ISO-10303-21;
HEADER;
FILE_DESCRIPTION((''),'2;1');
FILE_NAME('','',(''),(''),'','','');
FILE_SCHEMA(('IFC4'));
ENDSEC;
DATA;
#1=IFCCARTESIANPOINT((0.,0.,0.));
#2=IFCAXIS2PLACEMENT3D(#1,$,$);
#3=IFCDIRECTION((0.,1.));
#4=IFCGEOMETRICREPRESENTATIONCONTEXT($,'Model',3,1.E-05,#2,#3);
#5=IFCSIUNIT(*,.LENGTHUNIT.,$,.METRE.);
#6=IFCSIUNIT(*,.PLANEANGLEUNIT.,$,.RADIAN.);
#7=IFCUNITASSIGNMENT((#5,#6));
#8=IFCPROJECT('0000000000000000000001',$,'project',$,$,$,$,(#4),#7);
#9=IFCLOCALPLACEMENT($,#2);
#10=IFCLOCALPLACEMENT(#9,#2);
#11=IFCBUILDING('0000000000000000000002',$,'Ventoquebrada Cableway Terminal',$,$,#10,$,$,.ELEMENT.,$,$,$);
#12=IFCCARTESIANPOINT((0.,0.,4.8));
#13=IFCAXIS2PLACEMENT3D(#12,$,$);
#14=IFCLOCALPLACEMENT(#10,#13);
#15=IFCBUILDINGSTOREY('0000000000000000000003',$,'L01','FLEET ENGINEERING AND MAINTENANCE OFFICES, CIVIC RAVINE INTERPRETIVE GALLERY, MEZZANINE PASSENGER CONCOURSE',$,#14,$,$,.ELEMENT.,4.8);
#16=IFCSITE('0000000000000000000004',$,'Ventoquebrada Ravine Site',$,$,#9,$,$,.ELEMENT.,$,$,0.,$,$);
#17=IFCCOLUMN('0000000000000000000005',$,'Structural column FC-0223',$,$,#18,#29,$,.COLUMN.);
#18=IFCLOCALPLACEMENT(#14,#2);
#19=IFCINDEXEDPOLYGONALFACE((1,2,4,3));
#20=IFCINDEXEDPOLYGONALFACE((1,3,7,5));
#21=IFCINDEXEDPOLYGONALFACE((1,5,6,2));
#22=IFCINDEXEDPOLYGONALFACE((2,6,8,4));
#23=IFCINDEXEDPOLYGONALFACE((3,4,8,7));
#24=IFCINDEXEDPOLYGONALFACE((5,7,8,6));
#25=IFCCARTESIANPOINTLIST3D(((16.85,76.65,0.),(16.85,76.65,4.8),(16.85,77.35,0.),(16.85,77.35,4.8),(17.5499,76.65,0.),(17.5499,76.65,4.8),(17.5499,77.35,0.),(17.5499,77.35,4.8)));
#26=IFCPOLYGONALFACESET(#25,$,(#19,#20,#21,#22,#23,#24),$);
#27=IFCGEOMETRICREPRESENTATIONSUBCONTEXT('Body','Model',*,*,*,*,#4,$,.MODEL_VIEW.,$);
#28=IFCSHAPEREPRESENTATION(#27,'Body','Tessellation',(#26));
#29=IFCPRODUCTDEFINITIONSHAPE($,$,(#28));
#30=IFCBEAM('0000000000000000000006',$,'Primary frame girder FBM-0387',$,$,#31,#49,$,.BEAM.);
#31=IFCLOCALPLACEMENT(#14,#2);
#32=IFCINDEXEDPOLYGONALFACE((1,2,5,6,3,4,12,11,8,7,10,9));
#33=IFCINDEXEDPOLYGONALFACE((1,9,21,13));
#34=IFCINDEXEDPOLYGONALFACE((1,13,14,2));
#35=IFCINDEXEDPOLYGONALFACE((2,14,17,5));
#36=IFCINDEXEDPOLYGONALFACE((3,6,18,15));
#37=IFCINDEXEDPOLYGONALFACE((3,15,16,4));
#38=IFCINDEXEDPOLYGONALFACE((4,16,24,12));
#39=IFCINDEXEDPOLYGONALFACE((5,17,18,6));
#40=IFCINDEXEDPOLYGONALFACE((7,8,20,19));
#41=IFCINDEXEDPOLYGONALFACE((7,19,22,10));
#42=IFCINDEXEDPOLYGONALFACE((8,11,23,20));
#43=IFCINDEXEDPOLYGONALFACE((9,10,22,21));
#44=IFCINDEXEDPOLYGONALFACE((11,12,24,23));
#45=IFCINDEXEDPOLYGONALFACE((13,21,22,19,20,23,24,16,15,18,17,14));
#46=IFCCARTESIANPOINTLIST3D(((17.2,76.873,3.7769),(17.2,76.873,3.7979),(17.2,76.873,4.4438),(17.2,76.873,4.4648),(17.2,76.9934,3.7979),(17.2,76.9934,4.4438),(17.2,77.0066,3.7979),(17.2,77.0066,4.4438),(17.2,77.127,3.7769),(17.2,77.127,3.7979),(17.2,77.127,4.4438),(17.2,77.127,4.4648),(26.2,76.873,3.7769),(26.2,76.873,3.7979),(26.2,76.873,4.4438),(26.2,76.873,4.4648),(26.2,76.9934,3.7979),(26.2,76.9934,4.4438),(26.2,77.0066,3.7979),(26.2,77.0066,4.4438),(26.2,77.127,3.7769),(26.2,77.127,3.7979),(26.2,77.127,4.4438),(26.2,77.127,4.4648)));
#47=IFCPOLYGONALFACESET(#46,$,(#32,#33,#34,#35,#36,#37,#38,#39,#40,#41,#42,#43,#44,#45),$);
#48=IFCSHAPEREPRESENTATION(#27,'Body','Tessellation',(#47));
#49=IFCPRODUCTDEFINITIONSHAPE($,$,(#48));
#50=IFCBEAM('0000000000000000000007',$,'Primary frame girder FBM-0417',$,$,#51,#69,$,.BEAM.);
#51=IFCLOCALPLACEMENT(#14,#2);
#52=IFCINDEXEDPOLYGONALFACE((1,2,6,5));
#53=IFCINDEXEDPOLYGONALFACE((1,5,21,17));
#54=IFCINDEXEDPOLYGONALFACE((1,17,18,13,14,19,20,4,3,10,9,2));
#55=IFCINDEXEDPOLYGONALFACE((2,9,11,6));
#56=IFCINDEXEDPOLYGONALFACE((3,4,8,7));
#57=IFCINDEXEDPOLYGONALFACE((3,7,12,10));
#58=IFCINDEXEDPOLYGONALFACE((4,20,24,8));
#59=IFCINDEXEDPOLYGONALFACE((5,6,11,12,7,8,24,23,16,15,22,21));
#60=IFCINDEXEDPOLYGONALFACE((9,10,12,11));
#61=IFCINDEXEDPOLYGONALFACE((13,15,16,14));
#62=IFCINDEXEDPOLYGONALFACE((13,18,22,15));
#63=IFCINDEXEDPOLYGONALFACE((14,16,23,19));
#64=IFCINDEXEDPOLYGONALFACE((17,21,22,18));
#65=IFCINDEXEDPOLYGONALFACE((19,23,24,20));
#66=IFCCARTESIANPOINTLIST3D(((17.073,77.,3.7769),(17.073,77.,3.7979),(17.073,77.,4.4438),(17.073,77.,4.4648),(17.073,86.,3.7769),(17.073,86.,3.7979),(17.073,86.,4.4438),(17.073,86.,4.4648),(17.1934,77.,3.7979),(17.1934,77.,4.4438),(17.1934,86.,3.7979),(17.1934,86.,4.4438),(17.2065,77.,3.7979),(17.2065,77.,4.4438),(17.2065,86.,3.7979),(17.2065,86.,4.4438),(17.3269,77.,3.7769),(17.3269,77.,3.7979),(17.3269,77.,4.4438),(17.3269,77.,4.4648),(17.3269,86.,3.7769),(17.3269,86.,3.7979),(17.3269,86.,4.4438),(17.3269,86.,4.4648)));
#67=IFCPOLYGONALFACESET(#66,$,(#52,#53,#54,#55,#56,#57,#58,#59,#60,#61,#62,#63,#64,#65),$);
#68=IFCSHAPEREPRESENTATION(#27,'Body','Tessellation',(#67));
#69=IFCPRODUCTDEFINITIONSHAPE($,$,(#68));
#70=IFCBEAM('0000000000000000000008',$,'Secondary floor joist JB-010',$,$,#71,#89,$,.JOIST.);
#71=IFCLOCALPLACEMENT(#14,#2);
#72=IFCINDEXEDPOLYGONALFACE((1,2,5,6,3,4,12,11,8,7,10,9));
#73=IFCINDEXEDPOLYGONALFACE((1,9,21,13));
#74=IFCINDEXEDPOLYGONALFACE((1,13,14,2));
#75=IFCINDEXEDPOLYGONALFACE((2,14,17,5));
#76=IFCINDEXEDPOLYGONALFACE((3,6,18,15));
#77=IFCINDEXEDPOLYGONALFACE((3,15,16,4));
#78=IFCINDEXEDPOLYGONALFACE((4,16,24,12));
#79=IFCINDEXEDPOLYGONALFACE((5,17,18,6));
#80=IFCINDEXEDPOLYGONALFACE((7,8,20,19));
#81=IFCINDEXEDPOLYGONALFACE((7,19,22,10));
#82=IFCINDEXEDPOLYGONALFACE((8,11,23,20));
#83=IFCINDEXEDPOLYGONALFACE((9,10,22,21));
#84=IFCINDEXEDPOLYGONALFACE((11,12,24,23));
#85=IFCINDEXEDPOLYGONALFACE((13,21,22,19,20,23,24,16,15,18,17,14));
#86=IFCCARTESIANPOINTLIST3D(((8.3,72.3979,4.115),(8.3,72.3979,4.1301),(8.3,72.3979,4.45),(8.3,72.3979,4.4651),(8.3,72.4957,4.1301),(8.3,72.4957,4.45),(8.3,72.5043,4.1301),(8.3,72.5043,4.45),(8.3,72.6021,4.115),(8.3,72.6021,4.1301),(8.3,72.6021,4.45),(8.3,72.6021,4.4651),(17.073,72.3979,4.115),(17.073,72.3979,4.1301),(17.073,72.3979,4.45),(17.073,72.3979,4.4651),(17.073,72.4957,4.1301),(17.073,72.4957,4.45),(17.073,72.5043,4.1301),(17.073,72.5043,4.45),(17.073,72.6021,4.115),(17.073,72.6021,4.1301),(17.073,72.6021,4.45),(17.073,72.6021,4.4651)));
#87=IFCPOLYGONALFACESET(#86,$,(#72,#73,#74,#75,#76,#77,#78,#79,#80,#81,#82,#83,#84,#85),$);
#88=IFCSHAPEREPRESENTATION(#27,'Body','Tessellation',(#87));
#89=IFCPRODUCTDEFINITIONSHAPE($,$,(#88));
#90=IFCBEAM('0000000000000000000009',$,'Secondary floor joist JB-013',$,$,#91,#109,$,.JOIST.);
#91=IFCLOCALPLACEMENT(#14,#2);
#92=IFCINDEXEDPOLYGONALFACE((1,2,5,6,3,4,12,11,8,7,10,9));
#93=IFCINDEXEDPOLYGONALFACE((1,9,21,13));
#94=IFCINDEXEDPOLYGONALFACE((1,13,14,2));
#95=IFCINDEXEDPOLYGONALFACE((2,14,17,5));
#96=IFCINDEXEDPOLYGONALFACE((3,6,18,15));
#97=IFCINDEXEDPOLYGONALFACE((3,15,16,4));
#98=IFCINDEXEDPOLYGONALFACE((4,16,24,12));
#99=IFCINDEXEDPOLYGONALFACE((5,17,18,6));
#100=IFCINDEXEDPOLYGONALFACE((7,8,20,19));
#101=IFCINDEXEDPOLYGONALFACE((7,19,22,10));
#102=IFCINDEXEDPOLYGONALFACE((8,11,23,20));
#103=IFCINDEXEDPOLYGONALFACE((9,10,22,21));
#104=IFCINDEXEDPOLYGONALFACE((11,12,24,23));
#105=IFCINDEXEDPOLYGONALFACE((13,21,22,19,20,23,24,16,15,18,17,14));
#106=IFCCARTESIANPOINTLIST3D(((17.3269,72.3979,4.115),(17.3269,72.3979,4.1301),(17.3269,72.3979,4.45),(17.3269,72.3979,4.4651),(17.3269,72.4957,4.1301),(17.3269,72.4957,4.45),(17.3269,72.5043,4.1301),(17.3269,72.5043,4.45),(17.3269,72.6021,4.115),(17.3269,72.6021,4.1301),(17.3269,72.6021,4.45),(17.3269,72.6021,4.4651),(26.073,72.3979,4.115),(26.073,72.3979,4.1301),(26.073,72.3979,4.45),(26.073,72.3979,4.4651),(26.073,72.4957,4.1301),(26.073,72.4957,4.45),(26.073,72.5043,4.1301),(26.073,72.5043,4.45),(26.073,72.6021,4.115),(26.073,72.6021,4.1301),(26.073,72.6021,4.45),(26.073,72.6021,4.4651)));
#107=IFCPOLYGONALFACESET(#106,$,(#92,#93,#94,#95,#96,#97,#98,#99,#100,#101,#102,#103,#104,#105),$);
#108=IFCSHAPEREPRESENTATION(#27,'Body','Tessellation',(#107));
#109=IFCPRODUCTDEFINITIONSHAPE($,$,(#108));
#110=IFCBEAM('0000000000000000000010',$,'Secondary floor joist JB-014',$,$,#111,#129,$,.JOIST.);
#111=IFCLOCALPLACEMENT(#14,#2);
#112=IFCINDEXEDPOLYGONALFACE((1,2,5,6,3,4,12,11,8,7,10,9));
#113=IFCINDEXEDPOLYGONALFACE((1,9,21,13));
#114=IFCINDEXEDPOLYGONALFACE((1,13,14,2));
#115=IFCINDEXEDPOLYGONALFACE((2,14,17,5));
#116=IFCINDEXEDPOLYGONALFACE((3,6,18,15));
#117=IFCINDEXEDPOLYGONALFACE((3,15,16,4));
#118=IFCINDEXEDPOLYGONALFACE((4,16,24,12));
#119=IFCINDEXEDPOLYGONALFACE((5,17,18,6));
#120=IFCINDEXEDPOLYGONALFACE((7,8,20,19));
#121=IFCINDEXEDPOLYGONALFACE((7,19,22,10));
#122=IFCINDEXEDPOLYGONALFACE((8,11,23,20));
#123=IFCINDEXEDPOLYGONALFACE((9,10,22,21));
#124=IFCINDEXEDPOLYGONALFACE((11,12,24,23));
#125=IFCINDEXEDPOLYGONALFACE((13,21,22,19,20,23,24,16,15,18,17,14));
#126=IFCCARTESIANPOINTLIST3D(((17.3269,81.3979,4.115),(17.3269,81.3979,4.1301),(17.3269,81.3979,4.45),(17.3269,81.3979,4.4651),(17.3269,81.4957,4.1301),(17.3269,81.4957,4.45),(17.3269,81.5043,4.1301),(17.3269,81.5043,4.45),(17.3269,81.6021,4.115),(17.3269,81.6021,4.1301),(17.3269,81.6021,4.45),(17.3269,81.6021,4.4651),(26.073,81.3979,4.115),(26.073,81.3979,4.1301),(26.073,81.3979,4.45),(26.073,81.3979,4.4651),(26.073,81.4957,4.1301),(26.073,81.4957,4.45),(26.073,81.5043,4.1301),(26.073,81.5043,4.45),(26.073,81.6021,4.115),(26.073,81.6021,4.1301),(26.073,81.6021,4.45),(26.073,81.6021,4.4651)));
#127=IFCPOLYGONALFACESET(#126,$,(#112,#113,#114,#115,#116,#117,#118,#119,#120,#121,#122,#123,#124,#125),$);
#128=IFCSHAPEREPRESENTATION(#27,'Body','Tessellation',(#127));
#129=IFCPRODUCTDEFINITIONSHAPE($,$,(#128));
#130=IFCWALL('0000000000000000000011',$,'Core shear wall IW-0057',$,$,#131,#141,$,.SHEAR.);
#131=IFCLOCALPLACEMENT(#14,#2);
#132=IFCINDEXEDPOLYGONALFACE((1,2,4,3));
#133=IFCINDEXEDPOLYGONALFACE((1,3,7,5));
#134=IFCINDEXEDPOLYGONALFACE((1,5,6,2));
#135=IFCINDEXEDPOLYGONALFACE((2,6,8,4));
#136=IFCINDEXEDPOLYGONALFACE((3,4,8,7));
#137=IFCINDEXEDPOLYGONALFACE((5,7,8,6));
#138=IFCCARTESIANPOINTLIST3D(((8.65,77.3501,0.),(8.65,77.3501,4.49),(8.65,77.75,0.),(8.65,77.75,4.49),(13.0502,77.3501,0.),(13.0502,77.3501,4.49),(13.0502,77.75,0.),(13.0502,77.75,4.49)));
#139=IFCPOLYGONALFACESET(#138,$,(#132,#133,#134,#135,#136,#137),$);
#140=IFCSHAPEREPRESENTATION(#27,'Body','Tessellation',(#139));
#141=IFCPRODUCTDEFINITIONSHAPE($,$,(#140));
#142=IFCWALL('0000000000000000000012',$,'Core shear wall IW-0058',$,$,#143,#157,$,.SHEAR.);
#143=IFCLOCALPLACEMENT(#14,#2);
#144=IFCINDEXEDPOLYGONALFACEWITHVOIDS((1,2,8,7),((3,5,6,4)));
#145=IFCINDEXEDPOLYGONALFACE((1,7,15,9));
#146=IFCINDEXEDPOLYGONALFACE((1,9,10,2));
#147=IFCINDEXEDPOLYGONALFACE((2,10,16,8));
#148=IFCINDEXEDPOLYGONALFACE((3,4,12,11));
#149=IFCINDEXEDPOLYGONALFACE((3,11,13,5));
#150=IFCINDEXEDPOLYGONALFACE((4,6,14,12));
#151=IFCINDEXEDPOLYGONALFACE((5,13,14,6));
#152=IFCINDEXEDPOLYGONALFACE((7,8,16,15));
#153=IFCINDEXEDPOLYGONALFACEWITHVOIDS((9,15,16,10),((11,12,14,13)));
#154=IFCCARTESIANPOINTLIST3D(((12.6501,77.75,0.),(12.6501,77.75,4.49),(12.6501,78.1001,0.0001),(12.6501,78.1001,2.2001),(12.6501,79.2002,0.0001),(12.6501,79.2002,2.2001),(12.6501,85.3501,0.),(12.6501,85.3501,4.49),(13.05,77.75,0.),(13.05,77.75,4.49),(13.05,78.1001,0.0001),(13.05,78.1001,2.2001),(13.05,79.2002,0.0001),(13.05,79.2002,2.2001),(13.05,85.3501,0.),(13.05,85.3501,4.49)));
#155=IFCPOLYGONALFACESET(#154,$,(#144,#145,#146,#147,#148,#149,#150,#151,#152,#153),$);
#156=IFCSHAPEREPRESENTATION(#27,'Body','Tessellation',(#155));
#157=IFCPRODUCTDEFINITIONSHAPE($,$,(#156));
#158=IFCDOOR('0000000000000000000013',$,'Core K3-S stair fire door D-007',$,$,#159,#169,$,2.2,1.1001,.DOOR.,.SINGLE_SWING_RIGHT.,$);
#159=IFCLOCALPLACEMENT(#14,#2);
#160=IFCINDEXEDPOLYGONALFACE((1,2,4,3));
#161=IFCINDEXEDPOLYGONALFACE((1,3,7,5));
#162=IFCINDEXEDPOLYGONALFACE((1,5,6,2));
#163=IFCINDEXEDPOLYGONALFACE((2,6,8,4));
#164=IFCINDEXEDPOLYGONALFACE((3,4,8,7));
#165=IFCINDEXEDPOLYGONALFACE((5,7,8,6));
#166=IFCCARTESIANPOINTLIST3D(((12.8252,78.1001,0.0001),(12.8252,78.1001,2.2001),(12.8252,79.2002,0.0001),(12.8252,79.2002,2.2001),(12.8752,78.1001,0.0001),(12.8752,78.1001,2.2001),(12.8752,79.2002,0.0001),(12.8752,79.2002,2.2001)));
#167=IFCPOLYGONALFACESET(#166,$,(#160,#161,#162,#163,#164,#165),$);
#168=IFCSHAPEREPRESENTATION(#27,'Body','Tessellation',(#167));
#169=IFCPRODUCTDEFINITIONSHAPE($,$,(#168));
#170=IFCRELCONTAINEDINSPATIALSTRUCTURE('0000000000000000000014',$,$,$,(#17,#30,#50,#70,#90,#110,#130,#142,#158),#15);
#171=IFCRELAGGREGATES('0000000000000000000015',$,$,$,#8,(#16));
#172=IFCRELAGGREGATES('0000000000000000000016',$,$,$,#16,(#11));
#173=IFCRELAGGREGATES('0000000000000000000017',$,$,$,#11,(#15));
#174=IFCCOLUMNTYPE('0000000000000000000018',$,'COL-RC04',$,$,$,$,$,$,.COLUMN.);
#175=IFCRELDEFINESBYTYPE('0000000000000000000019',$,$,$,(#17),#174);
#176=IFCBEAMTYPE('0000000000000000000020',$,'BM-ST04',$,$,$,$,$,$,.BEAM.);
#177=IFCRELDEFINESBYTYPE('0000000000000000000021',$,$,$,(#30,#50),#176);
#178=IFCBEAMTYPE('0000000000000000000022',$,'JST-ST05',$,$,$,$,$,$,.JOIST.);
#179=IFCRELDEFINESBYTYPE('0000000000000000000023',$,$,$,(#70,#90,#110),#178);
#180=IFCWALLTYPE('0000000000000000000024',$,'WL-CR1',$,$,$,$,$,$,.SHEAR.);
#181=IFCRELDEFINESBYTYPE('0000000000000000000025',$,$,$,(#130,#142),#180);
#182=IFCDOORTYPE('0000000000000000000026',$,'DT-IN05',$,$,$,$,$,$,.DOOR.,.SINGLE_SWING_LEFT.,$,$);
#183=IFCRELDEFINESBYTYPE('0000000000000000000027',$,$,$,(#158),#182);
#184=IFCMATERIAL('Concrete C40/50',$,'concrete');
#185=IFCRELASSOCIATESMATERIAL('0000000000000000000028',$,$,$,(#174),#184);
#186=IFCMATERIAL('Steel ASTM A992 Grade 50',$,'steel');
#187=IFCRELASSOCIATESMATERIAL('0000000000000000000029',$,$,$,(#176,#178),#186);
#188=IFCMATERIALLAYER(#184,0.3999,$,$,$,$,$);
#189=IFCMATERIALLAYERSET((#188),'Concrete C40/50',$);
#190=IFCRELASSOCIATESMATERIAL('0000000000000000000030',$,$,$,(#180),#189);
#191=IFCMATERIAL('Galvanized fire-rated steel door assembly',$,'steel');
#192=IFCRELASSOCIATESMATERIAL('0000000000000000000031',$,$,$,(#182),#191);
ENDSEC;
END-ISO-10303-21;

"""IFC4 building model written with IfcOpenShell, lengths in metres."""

from ifc_helpers import new_model, si_unit, direction, frame, frame_2d, origin, origin_2d, place, context, subcontext, project, spatial, rectangle, i_section, extrude, material, layer, layer_set, material_profile, profile_set, type_object, element, fill, save


model = new_model("IFC4")

# Units and contexts
model_context = context("Model", 3, precision=1e-05, world=origin(), true_north=direction((0.0, 1.0)))
body_context = subcontext(model_context, "Body", "Model", "MODEL_VIEW")
ifc_project = project(units=[si_unit("LENGTHUNIT", "METRE"), si_unit("PLANEANGLEUNIT", "RADIAN")], contexts=[model_context])

# Site, building, storey
site_placement = place(None, origin())
site = spatial("IfcSite", under=ifc_project, at=site_placement, Name="Ventoquebrada Ravine Site", CompositionType="ELEMENT", RefElevation=0.0)
building_placement = place(site_placement, origin())
building = spatial("IfcBuilding", under=site, at=building_placement, Name="Ventoquebrada Cableway Terminal", CompositionType="ELEMENT")
storey_placement = place(building_placement, frame((0.0, 0.0, 4.8)))
storey = spatial("IfcBuildingStorey", under=building, at=storey_placement, Name="L01", Description="FLEET ENGINEERING AND MAINTENANCE OFFICES, CIVIC RAVINE INTERPRETIVE GALLERY, MEZZANINE PASSENGER CONCOURSE", CompositionType="ELEMENT", Elevation=4.8)

# Column
ifc_material_1 = material(Name="Concrete C40/50", Category="concrete")
ifc_material_profile_1 = material_profile(ifc_material_1, rectangle(XDim=0.7, YDim=0.7, at=origin_2d()), Name="RC-COL-700X700")
ifc_profile_set_1 = profile_set([ifc_material_profile_1], Name="Concrete C40/50")
column_type = type_object("IfcColumnType", Name="COL-RC04", PredefinedType="COLUMN", material=ifc_profile_set_1)
column_placement = place(storey_placement, frame((17.2, 77.0, 0.0), z_axis=(0.0, 0.0, 1.0), x_axis=(1.0, 0.0, 0.0)))
element("IfcColumn", 1, at=column_placement, inside=storey, type_object=column_type, Name="Structural column FC-0223", PredefinedType="COLUMN", context=body_context, shape_type="SweptSolid", body=[
    extrude(rectangle(XDim=0.7, YDim=0.7, at=origin_2d()), origin(), (0.0, 0.0, 1.0), 4.8),
])

# Beams
ifc_material_2 = material(Name="Steel ASTM A992 Grade 50", Category="steel")
ifc_material_profile_2 = material_profile(ifc_material_2, i_section(OverallWidth=0.2539, OverallDepth=0.688, WebThickness=0.0132, FlangeThickness=0.021, at=origin_2d()), Name="W27X102")
ifc_profile_set_2 = profile_set([ifc_material_profile_2], Name="Steel ASTM A992 Grade 50")
beam_type_1 = type_object("IfcBeamType", Name="BM-ST04", PredefinedType="BEAM", material=ifc_profile_set_2)
for number, where, z_axis, x_axis, name in (
    (2, (17.2, 77.0, 4.1208), (1.0, 0.0, 0.0), (0.0, 1.0, 0.0), "Primary frame girder FBM-0387"),
    (3, (17.2, 77.0, 4.1208), (0.0, 1.0, 0.0), (-1.0, 0.0, 0.0), "Primary frame girder FBM-0417"),
):
    element("IfcBeam", number, at=place(storey_placement, frame(where, z_axis=z_axis, x_axis=x_axis)), inside=storey, type_object=beam_type_1, Name=name, PredefinedType="BEAM", context=body_context, shape_type="SweptSolid", body=[
        extrude(i_section(OverallWidth=0.2539, OverallDepth=0.688, WebThickness=0.0132, FlangeThickness=0.021, at=origin_2d()), origin(), (0.0, 0.0, 1.0), 9.0),
    ])
ifc_material_profile_3 = material_profile(ifc_material_2, i_section(OverallWidth=0.2041, OverallDepth=0.3501, WebThickness=0.0085, FlangeThickness=0.0151, at=origin_2d()), Name="W14X48")
ifc_profile_set_3 = profile_set([ifc_material_profile_3], Name="Steel ASTM A992 Grade 50")
beam_type_2 = type_object("IfcBeamType", Name="JST-ST05", PredefinedType="JOIST", material=ifc_profile_set_3)
beam_placement = place(storey_placement, frame((8.3, 72.5, 4.29), z_axis=(1.0, 0.0, 0.0), x_axis=(0.0, 1.0, 0.0)))
element("IfcBeam", 4, at=beam_placement, inside=storey, type_object=beam_type_2, Name="Secondary floor joist JB-010", PredefinedType="JOIST", context=body_context, shape_type="SweptSolid", body=[
    extrude(i_section(OverallWidth=0.2041, OverallDepth=0.3501, WebThickness=0.0085, FlangeThickness=0.0151, at=origin_2d()), origin(), (0.0, 0.0, 1.0), 8.7729),
])
for number, where, z_axis, x_axis, name in (
    (5, (17.3269, 72.5, 4.29), (1.0, 0.0, 0.0), (0.0, 1.0, 0.0), "Secondary floor joist JB-013"),
    (6, (17.3269, 81.5, 4.29), (1.0, 0.0, 0.0), (0.0, 1.0, 0.0), "Secondary floor joist JB-014"),
):
    element("IfcBeam", number, at=place(storey_placement, frame(where, z_axis=z_axis, x_axis=x_axis)), inside=storey, type_object=beam_type_2, Name=name, PredefinedType="JOIST", context=body_context, shape_type="SweptSolid", body=[
        extrude(i_section(OverallWidth=0.2041, OverallDepth=0.3501, WebThickness=0.0085, FlangeThickness=0.0151, at=origin_2d()), origin(), (0.0, 0.0, 1.0), 8.7461),
    ])

# Wall
ifc_layer_1 = layer(ifc_material_1, 0.3999)
ifc_layer_set_1 = layer_set([ifc_layer_1], Name="Concrete C40/50")
wall_type_1 = type_object("IfcWallType", Name="WL-CR1", PredefinedType="SHEAR", material=ifc_layer_set_1)
wall_1_placement = place(storey_placement, frame((8.6499, 77.55, 0.0), z_axis=(0.0, 0.0, 1.0), x_axis=(1.0, 0.0, 0.0)))
element("IfcWall", 7, at=wall_1_placement, inside=storey, type_object=wall_type_1, Name="Core shear wall IW-0057", PredefinedType="SHEAR", context=body_context, shape_type="SweptSolid", body=[
    extrude(rectangle(XDim=4.4001, YDim=0.3999, at=frame_2d((2.2002, 0.0))), origin(), (0.0, 0.0, 1.0), 4.49),
])

# Wall, opening, door
wall_2_placement = place(storey_placement, frame((12.8501, 77.75, 0.0), z_axis=(0.0, 0.0, 1.0), x_axis=(0.0, 1.0, 0.0)))
wall_2 = element("IfcWall", 8, at=wall_2_placement, inside=storey, type_object=wall_type_1, Name="Core shear wall IW-0058", PredefinedType="SHEAR", context=body_context, shape_type="SweptSolid", body=[
    extrude(rectangle(XDim=7.6001, YDim=0.3999, at=frame_2d((3.8, 0.0))), origin(), (0.0, 0.0, 1.0), 4.49),
])
opening_1_placement = place(wall_2_placement, frame((0.3501, 0.0, 0.0)))
opening_1 = element("IfcOpeningElement", 9, at=opening_1_placement, cuts=wall_2, PredefinedType="OPENING", context=body_context, shape_type="SweptSolid", body=[
    extrude(rectangle(XDim=1.1001, YDim=2.2, at=frame_2d((0.55, 1.1001))), frame((0.0, 0.21, 0.0), z_axis=(0.0, -1.0, 0.0), x_axis=(1.0, 0.0, 0.0)), (0.0, 0.0, 1.0), 0.4199),
])
ifc_material_3 = material(Name="Galvanized fire-rated steel door assembly", Category="steel")
door_type_1 = type_object("IfcDoorType", Name="DT-IN05", OperationType="SINGLE_SWING_LEFT", PredefinedType="DOOR", material=ifc_material_3)
door_1_placement = place(opening_1_placement, origin())
door_1 = element("IfcDoor", 10, at=door_1_placement, inside=storey, type_object=door_type_1, Name="Core K3-S stair fire door D-007", OperationType="SINGLE_SWING_RIGHT", OverallHeight=2.2, OverallWidth=1.1001, PredefinedType="DOOR", context=body_context, shape_type="SweptSolid", body=[
    extrude(rectangle(XDim=1.1001, YDim=2.2, at=frame_2d((0.55, 1.1001))), frame((0.0, 0.0249, 0.0), z_axis=(0.0, -1.0, 0.0), x_axis=(1.0, 0.0, 0.0)), (0.0, 0.0, 1.0), 0.05),
])
fill(opening_1, door_1)

save(model, "model.ifc")
